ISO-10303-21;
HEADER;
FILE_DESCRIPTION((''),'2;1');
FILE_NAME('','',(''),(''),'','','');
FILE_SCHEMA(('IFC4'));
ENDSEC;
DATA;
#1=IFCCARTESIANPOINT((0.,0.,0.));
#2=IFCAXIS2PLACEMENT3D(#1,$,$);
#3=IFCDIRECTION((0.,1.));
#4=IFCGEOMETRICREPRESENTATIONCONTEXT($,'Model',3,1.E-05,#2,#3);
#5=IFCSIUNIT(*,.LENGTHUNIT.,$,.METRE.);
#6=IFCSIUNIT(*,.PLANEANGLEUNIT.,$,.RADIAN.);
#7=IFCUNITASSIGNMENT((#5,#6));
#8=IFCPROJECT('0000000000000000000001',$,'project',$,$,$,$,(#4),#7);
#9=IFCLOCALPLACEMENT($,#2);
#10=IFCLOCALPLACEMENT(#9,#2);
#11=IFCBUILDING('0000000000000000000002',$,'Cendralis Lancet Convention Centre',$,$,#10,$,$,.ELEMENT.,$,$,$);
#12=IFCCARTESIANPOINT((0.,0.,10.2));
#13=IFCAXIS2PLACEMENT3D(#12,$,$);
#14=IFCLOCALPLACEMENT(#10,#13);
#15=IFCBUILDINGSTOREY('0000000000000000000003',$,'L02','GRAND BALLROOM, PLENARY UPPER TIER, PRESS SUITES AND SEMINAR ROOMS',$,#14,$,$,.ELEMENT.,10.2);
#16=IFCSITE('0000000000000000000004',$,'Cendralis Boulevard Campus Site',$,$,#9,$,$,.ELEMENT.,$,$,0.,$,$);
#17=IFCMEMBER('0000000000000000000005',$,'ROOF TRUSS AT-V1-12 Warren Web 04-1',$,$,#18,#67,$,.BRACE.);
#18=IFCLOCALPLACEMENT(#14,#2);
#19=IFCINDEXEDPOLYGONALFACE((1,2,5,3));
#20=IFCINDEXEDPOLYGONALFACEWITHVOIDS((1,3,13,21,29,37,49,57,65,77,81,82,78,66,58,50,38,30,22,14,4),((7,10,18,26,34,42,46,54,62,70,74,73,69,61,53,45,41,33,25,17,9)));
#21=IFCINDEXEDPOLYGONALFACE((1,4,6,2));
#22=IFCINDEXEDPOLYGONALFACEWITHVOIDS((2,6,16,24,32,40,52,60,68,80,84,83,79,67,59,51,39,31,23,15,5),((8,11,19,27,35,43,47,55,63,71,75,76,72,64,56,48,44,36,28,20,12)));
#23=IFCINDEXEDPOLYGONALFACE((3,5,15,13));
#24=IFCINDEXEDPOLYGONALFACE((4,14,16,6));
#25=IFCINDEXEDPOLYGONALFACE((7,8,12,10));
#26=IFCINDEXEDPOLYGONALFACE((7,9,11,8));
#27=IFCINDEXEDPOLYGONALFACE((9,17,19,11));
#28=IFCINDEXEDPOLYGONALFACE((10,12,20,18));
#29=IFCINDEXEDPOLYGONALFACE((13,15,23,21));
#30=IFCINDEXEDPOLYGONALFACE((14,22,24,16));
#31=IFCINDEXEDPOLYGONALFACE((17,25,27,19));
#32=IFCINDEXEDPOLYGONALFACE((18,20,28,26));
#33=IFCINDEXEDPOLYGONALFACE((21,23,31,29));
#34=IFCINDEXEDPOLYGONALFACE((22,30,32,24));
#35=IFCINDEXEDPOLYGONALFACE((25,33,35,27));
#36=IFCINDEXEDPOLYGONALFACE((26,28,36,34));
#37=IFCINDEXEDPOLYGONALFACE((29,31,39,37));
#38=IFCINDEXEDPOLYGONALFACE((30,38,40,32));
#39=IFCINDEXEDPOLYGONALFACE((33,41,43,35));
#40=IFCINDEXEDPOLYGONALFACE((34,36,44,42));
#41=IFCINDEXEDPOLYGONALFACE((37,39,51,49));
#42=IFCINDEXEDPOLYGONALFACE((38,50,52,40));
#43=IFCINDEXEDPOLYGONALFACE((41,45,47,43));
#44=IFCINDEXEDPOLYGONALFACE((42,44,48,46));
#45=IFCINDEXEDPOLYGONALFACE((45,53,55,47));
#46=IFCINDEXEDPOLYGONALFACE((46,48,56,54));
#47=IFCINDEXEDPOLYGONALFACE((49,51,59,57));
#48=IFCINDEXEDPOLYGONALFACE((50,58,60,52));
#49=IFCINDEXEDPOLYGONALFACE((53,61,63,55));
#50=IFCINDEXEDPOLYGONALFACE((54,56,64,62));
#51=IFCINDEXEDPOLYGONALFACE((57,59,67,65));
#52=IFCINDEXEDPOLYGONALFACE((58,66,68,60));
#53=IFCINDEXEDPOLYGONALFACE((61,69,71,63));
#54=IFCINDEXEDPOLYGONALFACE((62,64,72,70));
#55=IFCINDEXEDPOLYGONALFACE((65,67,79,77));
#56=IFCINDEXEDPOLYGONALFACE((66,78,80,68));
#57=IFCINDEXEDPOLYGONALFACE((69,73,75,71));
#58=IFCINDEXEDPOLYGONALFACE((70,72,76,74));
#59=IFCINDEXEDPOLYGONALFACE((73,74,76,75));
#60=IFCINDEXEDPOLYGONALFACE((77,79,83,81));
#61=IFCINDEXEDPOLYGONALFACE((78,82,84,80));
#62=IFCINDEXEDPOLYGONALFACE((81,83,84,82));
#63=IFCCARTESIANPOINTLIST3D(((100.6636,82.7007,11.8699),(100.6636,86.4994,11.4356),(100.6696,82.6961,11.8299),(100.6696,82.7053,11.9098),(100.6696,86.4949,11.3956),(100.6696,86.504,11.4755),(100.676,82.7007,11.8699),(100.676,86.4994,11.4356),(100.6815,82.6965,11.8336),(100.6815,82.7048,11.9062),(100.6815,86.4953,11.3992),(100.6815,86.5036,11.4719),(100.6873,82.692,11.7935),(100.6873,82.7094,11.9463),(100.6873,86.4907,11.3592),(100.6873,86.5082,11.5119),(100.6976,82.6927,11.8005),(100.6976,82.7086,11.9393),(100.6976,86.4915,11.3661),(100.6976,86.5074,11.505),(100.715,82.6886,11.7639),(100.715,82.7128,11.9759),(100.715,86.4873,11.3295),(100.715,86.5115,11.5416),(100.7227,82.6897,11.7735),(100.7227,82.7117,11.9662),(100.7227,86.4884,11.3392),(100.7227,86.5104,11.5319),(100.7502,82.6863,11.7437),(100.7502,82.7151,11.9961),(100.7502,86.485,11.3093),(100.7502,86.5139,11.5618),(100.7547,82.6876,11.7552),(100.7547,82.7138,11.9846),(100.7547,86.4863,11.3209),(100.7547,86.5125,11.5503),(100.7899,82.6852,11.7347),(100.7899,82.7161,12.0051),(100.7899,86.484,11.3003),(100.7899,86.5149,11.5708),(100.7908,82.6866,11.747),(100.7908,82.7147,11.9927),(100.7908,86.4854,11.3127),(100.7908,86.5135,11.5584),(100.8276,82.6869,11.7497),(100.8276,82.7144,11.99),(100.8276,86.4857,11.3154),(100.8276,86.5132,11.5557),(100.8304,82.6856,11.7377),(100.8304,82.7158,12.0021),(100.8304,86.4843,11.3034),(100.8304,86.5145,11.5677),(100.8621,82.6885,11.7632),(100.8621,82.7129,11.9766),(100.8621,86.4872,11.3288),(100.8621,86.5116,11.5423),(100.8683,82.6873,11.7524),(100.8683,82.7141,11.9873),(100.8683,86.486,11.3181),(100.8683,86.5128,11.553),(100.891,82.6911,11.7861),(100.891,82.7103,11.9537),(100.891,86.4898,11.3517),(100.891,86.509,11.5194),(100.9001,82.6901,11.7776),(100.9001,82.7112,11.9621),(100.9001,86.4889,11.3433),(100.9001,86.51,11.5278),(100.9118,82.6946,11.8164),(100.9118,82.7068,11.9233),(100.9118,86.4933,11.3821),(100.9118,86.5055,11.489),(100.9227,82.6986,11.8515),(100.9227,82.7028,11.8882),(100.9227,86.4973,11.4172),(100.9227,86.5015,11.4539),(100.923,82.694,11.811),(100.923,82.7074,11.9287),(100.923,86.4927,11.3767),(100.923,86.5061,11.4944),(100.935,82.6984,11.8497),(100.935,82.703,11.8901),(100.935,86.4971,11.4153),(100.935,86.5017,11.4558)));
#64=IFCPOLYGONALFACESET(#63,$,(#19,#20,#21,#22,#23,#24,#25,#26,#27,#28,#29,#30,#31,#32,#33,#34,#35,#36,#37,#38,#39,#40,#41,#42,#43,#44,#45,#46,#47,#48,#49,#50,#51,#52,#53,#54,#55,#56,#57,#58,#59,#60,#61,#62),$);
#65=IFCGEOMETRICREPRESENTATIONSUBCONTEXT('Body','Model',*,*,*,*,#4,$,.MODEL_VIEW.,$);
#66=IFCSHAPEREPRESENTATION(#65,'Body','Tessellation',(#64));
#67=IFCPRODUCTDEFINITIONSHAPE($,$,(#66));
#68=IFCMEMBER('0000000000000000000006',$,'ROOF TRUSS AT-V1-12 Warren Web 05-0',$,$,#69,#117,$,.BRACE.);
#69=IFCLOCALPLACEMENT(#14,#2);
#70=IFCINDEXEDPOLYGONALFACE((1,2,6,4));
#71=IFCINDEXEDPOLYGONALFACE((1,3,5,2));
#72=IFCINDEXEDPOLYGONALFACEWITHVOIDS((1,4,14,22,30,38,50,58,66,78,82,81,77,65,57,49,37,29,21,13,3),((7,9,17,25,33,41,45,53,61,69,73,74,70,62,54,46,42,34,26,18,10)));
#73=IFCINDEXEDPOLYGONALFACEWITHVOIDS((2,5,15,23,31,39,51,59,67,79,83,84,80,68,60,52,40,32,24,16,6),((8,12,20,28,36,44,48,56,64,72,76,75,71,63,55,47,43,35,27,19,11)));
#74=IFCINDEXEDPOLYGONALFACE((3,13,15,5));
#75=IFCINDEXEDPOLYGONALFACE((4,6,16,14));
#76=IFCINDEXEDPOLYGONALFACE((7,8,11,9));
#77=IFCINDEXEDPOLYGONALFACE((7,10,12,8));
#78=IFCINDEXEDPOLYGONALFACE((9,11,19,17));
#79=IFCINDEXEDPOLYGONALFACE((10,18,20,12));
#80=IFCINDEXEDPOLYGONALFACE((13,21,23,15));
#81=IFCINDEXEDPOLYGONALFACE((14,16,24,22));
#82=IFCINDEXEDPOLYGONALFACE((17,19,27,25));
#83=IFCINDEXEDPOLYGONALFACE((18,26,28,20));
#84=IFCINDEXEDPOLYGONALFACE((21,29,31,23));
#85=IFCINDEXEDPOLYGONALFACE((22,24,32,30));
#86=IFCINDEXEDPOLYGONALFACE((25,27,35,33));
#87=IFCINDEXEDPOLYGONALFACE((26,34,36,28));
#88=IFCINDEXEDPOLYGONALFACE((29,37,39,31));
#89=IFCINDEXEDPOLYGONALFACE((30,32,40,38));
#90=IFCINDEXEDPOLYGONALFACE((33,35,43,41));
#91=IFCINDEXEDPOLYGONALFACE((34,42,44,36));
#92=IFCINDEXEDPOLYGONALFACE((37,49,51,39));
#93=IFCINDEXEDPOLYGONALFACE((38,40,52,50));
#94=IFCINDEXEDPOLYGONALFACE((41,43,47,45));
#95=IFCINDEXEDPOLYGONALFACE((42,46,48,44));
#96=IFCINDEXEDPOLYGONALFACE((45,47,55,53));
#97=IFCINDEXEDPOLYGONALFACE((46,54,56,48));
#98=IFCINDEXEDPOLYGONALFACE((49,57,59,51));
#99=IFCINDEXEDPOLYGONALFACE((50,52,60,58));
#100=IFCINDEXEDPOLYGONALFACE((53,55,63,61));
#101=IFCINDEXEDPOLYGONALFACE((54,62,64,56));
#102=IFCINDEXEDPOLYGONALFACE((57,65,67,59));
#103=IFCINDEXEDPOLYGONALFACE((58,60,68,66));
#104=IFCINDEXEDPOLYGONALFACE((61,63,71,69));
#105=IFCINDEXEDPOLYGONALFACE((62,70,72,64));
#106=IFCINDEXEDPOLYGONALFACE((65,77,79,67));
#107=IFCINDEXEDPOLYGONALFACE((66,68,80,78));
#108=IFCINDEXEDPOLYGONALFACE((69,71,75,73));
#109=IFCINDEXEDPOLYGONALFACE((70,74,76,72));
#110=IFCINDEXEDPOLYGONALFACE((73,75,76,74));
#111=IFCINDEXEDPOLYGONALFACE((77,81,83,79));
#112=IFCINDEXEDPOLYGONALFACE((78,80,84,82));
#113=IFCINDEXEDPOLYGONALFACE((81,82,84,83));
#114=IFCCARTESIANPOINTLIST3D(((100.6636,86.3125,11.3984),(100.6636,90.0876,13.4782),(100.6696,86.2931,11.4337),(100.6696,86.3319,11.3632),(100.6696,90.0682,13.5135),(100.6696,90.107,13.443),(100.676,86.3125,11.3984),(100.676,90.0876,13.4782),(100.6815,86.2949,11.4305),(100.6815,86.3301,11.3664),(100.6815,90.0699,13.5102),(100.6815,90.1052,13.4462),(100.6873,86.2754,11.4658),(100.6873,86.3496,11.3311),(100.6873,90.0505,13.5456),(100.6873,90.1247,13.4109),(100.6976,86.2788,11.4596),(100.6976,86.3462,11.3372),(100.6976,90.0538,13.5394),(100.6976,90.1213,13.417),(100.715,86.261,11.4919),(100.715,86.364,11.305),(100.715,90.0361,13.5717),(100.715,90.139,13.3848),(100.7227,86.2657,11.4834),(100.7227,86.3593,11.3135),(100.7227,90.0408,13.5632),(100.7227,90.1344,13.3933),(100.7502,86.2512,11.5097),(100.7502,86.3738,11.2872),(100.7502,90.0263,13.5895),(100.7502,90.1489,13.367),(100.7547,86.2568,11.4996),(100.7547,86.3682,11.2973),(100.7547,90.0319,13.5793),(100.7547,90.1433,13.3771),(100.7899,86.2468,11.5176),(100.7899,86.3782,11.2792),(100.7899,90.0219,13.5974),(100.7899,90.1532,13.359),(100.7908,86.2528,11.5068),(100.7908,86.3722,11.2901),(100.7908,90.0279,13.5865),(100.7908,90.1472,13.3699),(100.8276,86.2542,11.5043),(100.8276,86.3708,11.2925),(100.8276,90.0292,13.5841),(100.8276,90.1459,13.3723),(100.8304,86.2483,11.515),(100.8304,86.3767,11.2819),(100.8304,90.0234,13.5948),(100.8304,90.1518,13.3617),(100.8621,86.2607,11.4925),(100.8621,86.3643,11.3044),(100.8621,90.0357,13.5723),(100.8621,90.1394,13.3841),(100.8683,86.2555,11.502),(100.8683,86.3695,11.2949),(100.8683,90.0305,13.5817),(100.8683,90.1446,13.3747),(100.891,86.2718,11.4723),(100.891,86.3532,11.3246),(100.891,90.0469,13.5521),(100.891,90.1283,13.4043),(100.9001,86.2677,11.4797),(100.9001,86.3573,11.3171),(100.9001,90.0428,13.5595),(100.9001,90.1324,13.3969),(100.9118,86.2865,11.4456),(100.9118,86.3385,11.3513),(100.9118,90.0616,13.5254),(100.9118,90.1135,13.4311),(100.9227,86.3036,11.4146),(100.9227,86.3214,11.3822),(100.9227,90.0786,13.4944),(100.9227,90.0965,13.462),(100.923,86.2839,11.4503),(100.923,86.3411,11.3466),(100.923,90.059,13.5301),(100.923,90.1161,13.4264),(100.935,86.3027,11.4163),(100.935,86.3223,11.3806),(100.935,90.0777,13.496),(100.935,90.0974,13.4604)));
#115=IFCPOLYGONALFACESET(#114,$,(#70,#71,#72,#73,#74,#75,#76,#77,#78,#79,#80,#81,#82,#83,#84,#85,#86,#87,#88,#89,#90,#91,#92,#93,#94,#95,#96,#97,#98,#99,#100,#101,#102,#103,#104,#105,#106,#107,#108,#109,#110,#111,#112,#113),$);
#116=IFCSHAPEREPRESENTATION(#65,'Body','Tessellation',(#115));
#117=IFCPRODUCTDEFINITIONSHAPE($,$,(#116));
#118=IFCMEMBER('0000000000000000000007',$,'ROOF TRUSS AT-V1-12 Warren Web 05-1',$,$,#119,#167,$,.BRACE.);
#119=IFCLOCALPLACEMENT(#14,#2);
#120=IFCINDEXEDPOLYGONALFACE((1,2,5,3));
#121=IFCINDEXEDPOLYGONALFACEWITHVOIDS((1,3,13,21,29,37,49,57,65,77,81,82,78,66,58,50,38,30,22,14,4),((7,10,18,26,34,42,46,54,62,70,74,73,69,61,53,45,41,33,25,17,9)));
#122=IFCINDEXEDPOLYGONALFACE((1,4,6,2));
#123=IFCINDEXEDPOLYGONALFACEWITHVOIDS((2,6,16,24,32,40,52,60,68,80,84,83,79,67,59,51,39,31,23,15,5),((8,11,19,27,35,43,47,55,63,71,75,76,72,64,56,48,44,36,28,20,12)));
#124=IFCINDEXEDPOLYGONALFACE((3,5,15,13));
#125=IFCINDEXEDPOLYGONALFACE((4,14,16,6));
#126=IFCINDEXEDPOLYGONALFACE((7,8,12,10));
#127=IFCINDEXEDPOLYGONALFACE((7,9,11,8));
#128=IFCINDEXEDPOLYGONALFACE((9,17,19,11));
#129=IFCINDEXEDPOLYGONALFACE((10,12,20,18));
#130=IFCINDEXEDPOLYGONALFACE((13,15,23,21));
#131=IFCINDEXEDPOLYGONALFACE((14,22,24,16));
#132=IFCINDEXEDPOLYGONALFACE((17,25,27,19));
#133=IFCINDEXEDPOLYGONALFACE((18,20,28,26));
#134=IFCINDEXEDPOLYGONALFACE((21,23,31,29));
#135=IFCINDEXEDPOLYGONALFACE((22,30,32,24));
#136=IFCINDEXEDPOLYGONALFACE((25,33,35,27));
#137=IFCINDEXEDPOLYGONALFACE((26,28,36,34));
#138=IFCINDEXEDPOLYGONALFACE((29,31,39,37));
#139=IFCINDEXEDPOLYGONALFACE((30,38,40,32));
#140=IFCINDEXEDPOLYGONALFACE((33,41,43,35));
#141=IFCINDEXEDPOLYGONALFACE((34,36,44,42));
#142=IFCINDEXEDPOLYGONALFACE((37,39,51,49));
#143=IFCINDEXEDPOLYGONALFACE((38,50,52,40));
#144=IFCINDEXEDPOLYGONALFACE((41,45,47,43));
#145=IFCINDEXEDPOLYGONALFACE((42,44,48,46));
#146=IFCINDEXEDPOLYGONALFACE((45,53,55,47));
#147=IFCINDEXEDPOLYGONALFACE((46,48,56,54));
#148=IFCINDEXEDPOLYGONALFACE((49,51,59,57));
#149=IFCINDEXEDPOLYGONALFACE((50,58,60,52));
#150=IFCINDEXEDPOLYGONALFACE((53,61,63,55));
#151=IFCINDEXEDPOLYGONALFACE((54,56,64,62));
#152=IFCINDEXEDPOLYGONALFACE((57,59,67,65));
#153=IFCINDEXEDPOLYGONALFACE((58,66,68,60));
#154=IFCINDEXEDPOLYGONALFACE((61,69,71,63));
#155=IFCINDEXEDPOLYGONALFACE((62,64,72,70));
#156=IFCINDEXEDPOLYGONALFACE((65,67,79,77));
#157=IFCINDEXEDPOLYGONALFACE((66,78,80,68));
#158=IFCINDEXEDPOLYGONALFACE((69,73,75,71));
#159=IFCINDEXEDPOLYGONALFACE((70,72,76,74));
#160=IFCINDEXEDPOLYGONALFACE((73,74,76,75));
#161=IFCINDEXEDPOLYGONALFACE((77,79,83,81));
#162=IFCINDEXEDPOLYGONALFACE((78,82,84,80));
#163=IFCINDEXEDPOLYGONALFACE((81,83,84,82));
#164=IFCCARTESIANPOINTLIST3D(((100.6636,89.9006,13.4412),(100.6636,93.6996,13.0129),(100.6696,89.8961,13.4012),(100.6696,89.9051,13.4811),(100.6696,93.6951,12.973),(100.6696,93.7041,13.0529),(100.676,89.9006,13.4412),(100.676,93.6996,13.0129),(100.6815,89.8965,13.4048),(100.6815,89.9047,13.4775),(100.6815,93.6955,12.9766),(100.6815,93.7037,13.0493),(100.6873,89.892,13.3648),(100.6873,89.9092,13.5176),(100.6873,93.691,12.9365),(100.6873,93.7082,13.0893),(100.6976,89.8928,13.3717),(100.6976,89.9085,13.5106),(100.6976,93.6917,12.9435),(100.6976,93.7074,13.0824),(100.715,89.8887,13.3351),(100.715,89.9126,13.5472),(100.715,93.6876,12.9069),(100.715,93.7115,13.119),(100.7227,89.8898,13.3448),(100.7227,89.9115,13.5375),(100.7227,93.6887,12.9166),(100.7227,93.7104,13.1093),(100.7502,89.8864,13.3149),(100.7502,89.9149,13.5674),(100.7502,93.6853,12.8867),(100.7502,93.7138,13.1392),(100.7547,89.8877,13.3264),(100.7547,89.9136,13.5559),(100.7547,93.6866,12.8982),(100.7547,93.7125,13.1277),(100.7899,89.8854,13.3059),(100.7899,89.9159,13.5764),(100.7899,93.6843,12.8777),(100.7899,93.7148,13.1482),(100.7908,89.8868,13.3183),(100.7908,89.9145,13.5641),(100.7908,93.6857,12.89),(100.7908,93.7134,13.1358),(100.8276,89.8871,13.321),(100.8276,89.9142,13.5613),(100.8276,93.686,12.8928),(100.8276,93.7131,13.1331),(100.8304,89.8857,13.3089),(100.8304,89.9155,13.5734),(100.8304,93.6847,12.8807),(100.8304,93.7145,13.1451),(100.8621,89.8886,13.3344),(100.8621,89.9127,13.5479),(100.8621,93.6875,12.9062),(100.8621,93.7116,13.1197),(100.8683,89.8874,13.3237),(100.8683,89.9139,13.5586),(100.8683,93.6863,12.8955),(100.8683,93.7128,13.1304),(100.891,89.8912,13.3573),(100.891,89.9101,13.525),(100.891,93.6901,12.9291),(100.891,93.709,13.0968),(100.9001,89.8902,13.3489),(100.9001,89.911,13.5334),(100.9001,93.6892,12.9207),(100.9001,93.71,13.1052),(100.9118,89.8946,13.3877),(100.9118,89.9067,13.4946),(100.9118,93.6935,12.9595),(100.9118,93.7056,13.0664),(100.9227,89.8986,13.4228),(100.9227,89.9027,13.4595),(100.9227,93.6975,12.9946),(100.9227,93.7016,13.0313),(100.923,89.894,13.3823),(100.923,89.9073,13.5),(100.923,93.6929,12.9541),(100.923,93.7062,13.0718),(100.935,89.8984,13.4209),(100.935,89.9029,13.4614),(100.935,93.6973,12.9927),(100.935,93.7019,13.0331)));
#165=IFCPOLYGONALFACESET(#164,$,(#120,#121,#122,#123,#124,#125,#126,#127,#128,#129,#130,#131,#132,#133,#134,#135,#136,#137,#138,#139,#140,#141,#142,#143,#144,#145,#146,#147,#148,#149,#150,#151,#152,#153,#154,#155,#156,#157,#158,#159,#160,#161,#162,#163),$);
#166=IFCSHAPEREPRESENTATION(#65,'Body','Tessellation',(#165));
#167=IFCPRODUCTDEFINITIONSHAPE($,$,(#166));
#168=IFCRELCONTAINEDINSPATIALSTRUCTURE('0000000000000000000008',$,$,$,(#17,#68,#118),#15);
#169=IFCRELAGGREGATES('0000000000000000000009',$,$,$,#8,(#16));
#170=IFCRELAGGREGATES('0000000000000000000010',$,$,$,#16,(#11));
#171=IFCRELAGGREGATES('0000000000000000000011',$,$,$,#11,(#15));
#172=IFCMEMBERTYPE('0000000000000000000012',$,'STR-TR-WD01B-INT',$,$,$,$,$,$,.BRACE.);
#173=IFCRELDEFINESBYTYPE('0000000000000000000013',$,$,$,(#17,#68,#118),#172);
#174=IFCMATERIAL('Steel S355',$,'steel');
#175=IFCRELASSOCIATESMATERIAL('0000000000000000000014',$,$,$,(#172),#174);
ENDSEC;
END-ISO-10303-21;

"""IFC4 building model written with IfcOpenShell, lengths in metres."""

from ifc_helpers import new_model, si_unit, direction, frame, origin, origin_2d, place, context, subcontext, project, spatial, hollow_circle, extrude, material, material_profile, profile_set, type_object, element, save


model = new_model("IFC4")

# Units and contexts
model_context = context("Model", 3, precision=1e-05, world=origin(), true_north=direction((0.0, 1.0)))
body_context = subcontext(model_context, "Body", "Model", "MODEL_VIEW")
ifc_project = project(units=[si_unit("LENGTHUNIT", "METRE"), si_unit("PLANEANGLEUNIT", "RADIAN")], contexts=[model_context])

# Site, building, storey
site_placement = place(None, origin())
site = spatial("IfcSite", under=ifc_project, at=site_placement, Name="Cendralis Boulevard Campus Site", CompositionType="ELEMENT", RefElevation=0.0)
building_placement = place(site_placement, origin())
building = spatial("IfcBuilding", under=site, at=building_placement, Name="Cendralis Lancet Convention Centre", CompositionType="ELEMENT")
storey_placement = place(building_placement, frame((0.0, 0.0, 10.2)))
storey = spatial("IfcBuildingStorey", under=building, at=storey_placement, Name="L02", Description="GRAND BALLROOM, PLENARY UPPER TIER, PRESS SUITES AND SEMINAR ROOMS", CompositionType="ELEMENT", Elevation=10.2)

# Members
ifc_material = material(Name="Steel S355", Category="steel")
ifc_material_profile_1 = material_profile(ifc_material, hollow_circle(Radius=0.1365, WallThickness=0.0125, at=origin_2d()), Name="CHS 273.0x12.5")
ifc_profile_set_1 = profile_set([ifc_material_profile_1], Name="Steel S355")
member_type_1 = type_object("IfcMemberType", Name="STR-TR-WD01B-INT", PredefinedType="BRACE", material=ifc_profile_set_1)
member_1_placement = place(storey_placement, frame((100.8, 82.7007, 11.8699), z_axis=(0.0, 0.993528, -0.113592), x_axis=(-1.0, 0.0, 0.0)))
element("IfcMember", 1, at=member_1_placement, inside=storey, type_object=member_type_1, Name="ROOF TRUSS AT-V1-12 Warren Web 04-1", PredefinedType="BRACE", context=body_context, shape_type="SweptSolid", body=[
    extrude(hollow_circle(Radius=0.1365, WallThickness=0.0125, at=origin_2d()), origin(), (0.0, 0.0, 1.0), 3.8235),
])
member_2_placement = place(storey_placement, frame((100.8, 86.3125, 11.3984), z_axis=(0.0, 0.875872, 0.482543), x_axis=(-1.0, 0.0, 0.0)))
element("IfcMember", 2, at=member_2_placement, inside=storey, type_object=member_type_1, Name="ROOF TRUSS AT-V1-12 Warren Web 05-0", PredefinedType="BRACE", context=body_context, shape_type="SweptSolid", body=[
    extrude(hollow_circle(Radius=0.1365, WallThickness=0.0125, at=origin_2d()), origin(), (0.0, 0.0, 1.0), 4.3101),
])
for number, where, z_axis, x_axis, name in (
    (3, (100.8, 89.9006, 13.4412), (0.0, 0.993706, -0.112015), (-1.0, 0.0, 0.0), "ROOF TRUSS AT-V1-12 Warren Web 05-1"),
):
    element("IfcMember", number, at=place(storey_placement, frame(where, z_axis=z_axis, x_axis=x_axis)), inside=storey, type_object=member_type_1, Name=name, PredefinedType="BRACE", context=body_context, shape_type="SweptSolid", body=[
        extrude(hollow_circle(Radius=0.1365, WallThickness=0.0125, at=origin_2d()), origin(), (0.0, 0.0, 1.0), 3.823),
    ])

save(model, "model.ifc")
